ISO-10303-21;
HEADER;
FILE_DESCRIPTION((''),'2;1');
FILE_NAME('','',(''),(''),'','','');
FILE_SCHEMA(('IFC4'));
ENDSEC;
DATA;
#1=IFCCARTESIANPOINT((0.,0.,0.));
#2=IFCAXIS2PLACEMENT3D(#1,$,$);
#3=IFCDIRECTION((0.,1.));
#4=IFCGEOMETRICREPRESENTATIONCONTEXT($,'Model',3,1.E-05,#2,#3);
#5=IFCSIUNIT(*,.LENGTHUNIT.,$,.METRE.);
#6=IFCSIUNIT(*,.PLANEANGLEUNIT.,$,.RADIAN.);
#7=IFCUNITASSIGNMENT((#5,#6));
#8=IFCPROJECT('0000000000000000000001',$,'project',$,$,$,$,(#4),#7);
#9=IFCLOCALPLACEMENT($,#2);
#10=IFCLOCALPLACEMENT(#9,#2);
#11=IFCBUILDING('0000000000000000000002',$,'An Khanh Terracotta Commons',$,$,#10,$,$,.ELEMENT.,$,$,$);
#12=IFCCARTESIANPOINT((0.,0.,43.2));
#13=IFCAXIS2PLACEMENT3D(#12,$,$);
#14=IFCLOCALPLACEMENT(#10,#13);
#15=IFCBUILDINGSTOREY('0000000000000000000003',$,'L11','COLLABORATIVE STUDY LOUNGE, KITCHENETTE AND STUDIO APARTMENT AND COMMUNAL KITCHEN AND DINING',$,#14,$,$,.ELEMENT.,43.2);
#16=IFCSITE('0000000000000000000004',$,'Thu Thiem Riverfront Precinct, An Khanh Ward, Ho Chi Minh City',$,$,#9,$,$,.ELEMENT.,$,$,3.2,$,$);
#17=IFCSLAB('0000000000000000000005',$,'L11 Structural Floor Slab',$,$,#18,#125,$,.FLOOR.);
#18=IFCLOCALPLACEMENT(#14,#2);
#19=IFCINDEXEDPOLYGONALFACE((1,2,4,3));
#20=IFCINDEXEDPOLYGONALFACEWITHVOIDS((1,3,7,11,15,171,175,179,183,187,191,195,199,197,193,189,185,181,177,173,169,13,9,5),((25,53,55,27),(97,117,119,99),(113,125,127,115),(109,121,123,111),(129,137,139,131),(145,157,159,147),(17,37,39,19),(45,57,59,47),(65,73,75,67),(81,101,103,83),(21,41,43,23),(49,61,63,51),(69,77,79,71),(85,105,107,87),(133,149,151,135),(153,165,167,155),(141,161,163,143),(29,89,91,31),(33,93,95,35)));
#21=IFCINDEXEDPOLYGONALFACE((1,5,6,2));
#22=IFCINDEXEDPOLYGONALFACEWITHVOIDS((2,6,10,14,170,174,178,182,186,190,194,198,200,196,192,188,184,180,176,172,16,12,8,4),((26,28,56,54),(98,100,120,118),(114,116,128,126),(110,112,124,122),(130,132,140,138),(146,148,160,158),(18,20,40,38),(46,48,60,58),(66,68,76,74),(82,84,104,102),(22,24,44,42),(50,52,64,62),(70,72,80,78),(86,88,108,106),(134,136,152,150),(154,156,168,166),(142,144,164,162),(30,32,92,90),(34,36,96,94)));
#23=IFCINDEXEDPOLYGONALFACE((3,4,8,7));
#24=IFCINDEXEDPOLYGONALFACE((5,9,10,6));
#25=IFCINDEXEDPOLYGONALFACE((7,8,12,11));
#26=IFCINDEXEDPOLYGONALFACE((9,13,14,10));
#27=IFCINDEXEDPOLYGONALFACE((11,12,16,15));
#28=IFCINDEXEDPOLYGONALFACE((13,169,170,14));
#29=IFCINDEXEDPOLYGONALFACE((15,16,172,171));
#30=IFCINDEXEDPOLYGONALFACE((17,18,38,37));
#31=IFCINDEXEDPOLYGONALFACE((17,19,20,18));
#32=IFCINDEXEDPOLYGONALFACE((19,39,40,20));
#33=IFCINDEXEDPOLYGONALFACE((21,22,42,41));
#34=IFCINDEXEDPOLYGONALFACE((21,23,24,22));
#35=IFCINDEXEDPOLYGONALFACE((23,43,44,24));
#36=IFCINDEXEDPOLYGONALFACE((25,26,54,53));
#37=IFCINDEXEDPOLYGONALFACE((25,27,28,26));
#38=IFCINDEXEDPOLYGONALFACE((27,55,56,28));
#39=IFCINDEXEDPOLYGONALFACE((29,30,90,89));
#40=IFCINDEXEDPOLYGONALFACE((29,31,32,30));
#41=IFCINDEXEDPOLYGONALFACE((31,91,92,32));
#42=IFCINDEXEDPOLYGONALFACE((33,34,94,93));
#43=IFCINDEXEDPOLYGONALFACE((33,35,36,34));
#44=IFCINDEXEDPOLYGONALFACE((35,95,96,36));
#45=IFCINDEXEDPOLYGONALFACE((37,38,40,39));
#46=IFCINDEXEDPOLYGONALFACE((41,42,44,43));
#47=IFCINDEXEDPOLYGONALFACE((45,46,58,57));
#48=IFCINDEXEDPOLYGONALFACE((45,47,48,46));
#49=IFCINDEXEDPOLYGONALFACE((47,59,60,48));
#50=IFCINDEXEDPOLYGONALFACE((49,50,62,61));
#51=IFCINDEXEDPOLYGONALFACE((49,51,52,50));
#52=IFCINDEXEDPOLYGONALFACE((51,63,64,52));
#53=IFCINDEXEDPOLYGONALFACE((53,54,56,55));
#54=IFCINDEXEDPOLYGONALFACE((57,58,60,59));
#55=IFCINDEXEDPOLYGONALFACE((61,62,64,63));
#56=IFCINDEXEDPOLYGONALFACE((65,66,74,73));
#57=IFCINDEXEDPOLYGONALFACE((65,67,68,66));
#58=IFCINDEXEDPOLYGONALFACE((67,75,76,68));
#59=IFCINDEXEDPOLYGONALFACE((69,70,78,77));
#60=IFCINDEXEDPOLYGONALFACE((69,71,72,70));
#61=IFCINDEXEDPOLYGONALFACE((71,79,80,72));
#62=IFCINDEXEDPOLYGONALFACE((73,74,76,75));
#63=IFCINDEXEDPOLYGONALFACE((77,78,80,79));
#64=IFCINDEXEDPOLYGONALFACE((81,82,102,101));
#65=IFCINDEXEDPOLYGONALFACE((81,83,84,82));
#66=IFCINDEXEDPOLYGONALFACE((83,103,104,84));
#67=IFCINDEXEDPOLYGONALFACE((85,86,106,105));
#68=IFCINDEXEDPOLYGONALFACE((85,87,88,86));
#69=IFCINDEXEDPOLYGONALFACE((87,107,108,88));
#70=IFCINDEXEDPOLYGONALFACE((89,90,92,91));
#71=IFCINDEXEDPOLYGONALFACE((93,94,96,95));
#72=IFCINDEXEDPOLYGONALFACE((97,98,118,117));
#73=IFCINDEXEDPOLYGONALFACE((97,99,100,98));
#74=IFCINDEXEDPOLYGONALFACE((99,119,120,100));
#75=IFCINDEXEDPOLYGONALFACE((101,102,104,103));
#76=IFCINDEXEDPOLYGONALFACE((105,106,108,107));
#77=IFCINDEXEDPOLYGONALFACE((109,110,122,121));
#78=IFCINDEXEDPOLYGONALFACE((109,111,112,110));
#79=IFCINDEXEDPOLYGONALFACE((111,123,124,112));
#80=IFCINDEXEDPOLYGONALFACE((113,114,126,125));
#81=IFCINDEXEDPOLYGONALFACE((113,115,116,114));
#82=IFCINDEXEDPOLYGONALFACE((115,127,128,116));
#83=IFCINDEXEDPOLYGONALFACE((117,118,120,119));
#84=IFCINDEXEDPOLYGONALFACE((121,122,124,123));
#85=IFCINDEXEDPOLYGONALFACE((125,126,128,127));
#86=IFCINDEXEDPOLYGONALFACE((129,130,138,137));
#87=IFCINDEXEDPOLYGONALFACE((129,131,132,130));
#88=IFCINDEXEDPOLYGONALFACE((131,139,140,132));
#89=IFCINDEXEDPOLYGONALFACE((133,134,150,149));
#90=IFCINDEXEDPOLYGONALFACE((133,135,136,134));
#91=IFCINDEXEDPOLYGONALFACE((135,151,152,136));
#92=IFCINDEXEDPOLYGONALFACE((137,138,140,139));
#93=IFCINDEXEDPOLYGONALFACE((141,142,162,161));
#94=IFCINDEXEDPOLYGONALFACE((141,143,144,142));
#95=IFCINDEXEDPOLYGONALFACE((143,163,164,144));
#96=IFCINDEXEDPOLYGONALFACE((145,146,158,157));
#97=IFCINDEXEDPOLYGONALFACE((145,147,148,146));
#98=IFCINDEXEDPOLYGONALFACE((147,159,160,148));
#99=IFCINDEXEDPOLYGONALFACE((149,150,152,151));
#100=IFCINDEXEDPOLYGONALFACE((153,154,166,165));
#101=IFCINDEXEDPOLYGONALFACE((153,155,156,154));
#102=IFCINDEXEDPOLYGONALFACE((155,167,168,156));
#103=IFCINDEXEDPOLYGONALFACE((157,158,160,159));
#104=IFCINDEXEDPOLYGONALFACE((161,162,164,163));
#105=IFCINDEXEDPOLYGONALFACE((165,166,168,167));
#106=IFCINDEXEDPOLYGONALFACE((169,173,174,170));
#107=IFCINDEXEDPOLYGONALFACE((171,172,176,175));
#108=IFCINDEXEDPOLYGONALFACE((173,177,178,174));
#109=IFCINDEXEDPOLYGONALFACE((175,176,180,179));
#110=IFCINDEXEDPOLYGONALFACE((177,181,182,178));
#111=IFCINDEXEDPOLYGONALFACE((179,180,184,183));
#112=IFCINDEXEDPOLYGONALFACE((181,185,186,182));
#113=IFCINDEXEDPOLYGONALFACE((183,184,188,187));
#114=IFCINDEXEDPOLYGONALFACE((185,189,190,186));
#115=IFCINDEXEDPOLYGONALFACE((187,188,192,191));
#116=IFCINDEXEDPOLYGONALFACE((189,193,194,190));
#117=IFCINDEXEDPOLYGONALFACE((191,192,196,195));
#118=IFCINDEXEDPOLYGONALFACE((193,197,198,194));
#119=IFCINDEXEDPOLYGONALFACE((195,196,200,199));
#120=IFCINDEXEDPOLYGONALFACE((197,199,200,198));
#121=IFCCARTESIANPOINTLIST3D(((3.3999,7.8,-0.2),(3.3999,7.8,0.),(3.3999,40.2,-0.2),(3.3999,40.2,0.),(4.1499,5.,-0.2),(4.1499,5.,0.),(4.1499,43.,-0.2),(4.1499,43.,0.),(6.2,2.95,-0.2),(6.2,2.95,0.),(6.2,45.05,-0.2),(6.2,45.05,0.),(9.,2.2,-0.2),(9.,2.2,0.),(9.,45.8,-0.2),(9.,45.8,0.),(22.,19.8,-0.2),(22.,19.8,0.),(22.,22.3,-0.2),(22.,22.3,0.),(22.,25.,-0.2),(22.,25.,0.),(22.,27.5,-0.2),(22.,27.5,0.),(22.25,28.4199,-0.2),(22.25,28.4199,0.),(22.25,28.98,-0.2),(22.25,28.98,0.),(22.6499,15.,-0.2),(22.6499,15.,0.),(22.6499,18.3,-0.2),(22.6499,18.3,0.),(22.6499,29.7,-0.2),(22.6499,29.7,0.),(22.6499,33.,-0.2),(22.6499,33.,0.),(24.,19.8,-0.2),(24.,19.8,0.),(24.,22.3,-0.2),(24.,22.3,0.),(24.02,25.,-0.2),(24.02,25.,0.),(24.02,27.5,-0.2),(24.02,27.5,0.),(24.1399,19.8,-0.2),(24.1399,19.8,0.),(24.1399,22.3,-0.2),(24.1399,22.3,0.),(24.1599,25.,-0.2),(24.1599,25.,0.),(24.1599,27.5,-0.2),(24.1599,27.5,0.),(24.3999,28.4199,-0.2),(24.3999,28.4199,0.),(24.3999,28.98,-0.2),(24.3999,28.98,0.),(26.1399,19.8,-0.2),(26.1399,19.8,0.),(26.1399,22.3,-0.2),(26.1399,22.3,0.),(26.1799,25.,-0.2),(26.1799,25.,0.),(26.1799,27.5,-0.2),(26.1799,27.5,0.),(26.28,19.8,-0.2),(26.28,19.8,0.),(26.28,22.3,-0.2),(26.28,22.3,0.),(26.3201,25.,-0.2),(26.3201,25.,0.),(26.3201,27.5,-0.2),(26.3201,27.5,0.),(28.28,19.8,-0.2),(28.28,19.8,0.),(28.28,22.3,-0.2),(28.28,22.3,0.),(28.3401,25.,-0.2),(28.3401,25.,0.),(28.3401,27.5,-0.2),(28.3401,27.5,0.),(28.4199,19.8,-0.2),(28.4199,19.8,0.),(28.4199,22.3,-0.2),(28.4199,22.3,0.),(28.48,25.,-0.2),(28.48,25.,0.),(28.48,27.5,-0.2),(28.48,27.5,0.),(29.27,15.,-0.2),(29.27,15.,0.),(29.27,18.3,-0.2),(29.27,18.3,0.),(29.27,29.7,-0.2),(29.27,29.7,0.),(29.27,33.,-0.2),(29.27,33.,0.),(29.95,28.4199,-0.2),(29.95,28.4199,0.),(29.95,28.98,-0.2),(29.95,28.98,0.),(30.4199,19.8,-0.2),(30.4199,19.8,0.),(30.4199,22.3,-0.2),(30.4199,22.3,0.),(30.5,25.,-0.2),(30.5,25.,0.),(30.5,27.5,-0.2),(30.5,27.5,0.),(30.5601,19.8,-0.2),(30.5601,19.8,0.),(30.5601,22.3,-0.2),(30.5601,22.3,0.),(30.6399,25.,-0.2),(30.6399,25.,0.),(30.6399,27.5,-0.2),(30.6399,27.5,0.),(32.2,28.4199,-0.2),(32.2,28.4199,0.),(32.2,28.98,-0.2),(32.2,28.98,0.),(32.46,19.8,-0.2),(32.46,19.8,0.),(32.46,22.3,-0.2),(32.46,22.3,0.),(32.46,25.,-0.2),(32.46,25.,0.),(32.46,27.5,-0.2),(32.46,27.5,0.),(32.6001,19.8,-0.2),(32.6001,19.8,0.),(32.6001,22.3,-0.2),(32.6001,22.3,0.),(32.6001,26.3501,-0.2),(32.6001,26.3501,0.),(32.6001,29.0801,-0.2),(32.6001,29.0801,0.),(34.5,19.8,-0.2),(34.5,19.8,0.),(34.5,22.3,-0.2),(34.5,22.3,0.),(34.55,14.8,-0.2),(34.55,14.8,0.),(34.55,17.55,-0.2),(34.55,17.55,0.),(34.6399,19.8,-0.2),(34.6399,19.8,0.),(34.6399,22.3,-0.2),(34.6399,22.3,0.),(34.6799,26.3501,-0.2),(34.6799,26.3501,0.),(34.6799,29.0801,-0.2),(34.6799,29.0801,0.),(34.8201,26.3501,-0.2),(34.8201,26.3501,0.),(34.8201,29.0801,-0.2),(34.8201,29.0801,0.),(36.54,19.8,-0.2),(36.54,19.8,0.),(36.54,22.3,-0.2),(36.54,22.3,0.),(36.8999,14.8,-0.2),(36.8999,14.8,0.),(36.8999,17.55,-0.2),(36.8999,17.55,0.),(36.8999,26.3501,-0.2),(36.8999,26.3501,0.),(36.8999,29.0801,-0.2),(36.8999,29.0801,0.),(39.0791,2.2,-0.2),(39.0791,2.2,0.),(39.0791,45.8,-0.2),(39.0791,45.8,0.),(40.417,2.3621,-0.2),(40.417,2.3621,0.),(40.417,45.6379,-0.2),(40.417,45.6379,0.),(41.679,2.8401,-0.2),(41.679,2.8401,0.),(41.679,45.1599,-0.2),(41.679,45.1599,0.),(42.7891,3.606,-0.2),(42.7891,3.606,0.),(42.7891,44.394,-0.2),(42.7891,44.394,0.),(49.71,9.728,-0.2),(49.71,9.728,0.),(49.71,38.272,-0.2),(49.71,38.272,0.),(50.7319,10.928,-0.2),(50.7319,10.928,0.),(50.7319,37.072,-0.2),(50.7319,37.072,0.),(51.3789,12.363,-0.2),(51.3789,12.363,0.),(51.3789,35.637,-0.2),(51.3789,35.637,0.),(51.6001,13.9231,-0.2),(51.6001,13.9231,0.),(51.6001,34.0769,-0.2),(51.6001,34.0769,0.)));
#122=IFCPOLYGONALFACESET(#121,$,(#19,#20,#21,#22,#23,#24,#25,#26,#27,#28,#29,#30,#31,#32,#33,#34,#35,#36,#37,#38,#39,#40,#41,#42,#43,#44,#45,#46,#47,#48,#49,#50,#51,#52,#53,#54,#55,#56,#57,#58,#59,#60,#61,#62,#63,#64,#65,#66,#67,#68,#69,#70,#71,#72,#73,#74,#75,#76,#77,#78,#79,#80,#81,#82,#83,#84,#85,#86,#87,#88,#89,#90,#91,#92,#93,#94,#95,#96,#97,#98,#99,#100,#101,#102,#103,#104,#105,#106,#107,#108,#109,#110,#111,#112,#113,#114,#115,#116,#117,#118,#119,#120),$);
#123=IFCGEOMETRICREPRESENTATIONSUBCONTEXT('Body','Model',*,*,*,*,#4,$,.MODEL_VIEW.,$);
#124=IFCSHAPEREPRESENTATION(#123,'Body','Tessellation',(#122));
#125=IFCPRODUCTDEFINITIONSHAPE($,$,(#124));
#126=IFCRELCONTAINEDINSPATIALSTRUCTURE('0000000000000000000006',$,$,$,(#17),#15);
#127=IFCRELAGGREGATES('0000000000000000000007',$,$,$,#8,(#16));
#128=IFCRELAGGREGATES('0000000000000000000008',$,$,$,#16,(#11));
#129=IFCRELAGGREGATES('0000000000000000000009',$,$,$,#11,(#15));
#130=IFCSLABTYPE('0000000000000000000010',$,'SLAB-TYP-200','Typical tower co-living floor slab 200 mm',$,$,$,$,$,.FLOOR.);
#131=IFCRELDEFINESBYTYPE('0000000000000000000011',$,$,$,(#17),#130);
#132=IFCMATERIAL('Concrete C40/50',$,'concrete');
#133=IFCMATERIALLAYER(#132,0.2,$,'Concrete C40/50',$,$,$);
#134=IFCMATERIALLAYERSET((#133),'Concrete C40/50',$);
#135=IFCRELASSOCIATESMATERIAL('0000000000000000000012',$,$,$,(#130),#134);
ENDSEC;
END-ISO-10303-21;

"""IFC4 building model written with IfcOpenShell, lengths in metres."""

from ifc_helpers import new_model, si_unit, direction, frame, origin, place, context, subcontext, project, spatial, polyline, outline, extrude, material, layer, layer_set, type_object, element, save


model = new_model("IFC4")

# Units and contexts
model_context = context("Model", 3, precision=1e-05, world=origin(), true_north=direction((0.0, 1.0)))
body_context = subcontext(model_context, "Body", "Model", "MODEL_VIEW")
ifc_project = project(units=[si_unit("LENGTHUNIT", "METRE"), si_unit("PLANEANGLEUNIT", "RADIAN")], contexts=[model_context])

# Site, building, storey
site_placement = place(None, origin())
site = spatial("IfcSite", under=ifc_project, at=site_placement, Name="Thu Thiem Riverfront Precinct, An Khanh Ward, Ho Chi Minh City", CompositionType="ELEMENT", RefElevation=3.2)
building_placement = place(site_placement, origin())
building = spatial("IfcBuilding", under=site, at=building_placement, Name="An Khanh Terracotta Commons", CompositionType="ELEMENT")
storey_placement = place(building_placement, frame((0.0, 0.0, 43.2)))
storey = spatial("IfcBuildingStorey", under=building, at=storey_placement, Name="L11", Description="COLLABORATIVE STUDY LOUNGE, KITCHENETTE AND STUDIO APARTMENT AND COMMUNAL KITCHEN AND DINING", CompositionType="ELEMENT", Elevation=43.2)

# Shared definitions
ifc_material_1 = material(Name="Concrete C40/50", Category="concrete")

# Slab
ifc_layer_1 = layer(ifc_material_1, 0.2, Name="Concrete C40/50")
ifc_layer_set_1 = layer_set([ifc_layer_1], Name="Concrete C40/50")
slab_type_1 = type_object("IfcSlabType", Name="SLAB-TYP-200", Description="Typical tower co-living floor slab 200 mm", PredefinedType="FLOOR", material=ifc_layer_set_1)
slab_1_placement = place(storey_placement, frame((0.0, 0.0, -0.2)))
element("IfcSlab", 1, at=slab_1_placement, inside=storey, type_object=slab_type_1, Name="L11 Structural Floor Slab", PredefinedType="FLOOR", context=body_context, shape_type="SweptSolid", body=[
    extrude(outline(polyline([(3.3999, 7.8), (4.1499, 5.0), (6.2, 2.95), (9.0, 2.2), (39.0791, 2.2), (40.417, 2.3621), (41.679, 2.8401), (42.7891, 3.606), (49.71, 9.728), (50.7319, 10.928), (51.3789, 12.363), (51.6001, 13.9231), (51.6001, 34.0769), (51.3789, 35.637), (50.7319, 37.072), (49.71, 38.272), (42.7891, 44.394), (41.679, 45.1599), (40.417, 45.6379), (39.0791, 45.8), (9.0, 45.8), (6.2, 45.05), (4.1499, 43.0), (3.3999, 40.2), (3.3999, 7.8)]), holes=[polyline([(22.6499, 29.7), (29.27, 29.7), (29.27, 33.0), (22.6499, 33.0), (22.6499, 29.7)]), polyline([(22.6499, 15.0), (29.27, 15.0), (29.27, 18.3), (22.6499, 18.3), (22.6499, 15.0)]), polyline([(32.6001, 26.3501), (34.6799, 26.3501), (34.6799, 29.0801), (32.6001, 29.0801), (32.6001, 26.3501)]), polyline([(34.8201, 26.3501), (36.8999, 26.3501), (36.8999, 29.0801), (34.8201, 29.0801), (34.8201, 26.3501)]), polyline([(34.55, 14.8), (36.8999, 14.8), (36.8999, 17.55), (34.55, 17.55), (34.55, 14.8)]), polyline([(22.0, 25.0), (24.02, 25.0), (24.02, 27.5), (22.0, 27.5), (22.0, 25.0)]), polyline([(24.1599, 25.0), (26.1799, 25.0), (26.1799, 27.5), (24.1599, 27.5), (24.1599, 25.0)]), polyline([(22.0, 19.8), (24.0, 19.8), (24.0, 22.3), (22.0, 22.3), (22.0, 19.8)]), polyline([(24.1399, 19.8), (26.1399, 19.8), (26.1399, 22.3), (24.1399, 22.3), (24.1399, 19.8)]), polyline([(26.3201, 25.0), (28.3401, 25.0), (28.3401, 27.5), (26.3201, 27.5), (26.3201, 25.0)]), polyline([(28.48, 25.0), (30.5, 25.0), (30.5, 27.5), (28.48, 27.5), (28.48, 25.0)]), polyline([(26.28, 19.8), (28.28, 19.8), (28.28, 22.3), (26.28, 22.3), (26.28, 19.8)]), polyline([(28.4199, 19.8), (30.4199, 19.8), (30.4199, 22.3), (28.4199, 22.3), (28.4199, 19.8)]), polyline([(30.6399, 25.0), (32.46, 25.0), (32.46, 27.5), (30.6399, 27.5), (30.6399, 25.0)]), polyline([(30.5601, 19.8), (32.46, 19.8), (32.46, 22.3), (30.5601, 22.3), (30.5601, 19.8)]), polyline([(32.6001, 19.8), (34.5, 19.8), (34.5, 22.3), (32.6001, 22.3), (32.6001, 19.8)]), polyline([(34.6399, 19.8), (36.54, 19.8), (36.54, 22.3), (34.6399, 22.3), (34.6399, 19.8)]), polyline([(22.25, 28.4199), (24.3999, 28.4199), (24.3999, 28.98), (22.25, 28.98), (22.25, 28.4199)]), polyline([(29.95, 28.4199), (32.2, 28.4199), (32.2, 28.98), (29.95, 28.98), (29.95, 28.4199)])]), origin(), (0.0, 0.0, 1.0), 0.2),
])

save(model, "model.ifc")
